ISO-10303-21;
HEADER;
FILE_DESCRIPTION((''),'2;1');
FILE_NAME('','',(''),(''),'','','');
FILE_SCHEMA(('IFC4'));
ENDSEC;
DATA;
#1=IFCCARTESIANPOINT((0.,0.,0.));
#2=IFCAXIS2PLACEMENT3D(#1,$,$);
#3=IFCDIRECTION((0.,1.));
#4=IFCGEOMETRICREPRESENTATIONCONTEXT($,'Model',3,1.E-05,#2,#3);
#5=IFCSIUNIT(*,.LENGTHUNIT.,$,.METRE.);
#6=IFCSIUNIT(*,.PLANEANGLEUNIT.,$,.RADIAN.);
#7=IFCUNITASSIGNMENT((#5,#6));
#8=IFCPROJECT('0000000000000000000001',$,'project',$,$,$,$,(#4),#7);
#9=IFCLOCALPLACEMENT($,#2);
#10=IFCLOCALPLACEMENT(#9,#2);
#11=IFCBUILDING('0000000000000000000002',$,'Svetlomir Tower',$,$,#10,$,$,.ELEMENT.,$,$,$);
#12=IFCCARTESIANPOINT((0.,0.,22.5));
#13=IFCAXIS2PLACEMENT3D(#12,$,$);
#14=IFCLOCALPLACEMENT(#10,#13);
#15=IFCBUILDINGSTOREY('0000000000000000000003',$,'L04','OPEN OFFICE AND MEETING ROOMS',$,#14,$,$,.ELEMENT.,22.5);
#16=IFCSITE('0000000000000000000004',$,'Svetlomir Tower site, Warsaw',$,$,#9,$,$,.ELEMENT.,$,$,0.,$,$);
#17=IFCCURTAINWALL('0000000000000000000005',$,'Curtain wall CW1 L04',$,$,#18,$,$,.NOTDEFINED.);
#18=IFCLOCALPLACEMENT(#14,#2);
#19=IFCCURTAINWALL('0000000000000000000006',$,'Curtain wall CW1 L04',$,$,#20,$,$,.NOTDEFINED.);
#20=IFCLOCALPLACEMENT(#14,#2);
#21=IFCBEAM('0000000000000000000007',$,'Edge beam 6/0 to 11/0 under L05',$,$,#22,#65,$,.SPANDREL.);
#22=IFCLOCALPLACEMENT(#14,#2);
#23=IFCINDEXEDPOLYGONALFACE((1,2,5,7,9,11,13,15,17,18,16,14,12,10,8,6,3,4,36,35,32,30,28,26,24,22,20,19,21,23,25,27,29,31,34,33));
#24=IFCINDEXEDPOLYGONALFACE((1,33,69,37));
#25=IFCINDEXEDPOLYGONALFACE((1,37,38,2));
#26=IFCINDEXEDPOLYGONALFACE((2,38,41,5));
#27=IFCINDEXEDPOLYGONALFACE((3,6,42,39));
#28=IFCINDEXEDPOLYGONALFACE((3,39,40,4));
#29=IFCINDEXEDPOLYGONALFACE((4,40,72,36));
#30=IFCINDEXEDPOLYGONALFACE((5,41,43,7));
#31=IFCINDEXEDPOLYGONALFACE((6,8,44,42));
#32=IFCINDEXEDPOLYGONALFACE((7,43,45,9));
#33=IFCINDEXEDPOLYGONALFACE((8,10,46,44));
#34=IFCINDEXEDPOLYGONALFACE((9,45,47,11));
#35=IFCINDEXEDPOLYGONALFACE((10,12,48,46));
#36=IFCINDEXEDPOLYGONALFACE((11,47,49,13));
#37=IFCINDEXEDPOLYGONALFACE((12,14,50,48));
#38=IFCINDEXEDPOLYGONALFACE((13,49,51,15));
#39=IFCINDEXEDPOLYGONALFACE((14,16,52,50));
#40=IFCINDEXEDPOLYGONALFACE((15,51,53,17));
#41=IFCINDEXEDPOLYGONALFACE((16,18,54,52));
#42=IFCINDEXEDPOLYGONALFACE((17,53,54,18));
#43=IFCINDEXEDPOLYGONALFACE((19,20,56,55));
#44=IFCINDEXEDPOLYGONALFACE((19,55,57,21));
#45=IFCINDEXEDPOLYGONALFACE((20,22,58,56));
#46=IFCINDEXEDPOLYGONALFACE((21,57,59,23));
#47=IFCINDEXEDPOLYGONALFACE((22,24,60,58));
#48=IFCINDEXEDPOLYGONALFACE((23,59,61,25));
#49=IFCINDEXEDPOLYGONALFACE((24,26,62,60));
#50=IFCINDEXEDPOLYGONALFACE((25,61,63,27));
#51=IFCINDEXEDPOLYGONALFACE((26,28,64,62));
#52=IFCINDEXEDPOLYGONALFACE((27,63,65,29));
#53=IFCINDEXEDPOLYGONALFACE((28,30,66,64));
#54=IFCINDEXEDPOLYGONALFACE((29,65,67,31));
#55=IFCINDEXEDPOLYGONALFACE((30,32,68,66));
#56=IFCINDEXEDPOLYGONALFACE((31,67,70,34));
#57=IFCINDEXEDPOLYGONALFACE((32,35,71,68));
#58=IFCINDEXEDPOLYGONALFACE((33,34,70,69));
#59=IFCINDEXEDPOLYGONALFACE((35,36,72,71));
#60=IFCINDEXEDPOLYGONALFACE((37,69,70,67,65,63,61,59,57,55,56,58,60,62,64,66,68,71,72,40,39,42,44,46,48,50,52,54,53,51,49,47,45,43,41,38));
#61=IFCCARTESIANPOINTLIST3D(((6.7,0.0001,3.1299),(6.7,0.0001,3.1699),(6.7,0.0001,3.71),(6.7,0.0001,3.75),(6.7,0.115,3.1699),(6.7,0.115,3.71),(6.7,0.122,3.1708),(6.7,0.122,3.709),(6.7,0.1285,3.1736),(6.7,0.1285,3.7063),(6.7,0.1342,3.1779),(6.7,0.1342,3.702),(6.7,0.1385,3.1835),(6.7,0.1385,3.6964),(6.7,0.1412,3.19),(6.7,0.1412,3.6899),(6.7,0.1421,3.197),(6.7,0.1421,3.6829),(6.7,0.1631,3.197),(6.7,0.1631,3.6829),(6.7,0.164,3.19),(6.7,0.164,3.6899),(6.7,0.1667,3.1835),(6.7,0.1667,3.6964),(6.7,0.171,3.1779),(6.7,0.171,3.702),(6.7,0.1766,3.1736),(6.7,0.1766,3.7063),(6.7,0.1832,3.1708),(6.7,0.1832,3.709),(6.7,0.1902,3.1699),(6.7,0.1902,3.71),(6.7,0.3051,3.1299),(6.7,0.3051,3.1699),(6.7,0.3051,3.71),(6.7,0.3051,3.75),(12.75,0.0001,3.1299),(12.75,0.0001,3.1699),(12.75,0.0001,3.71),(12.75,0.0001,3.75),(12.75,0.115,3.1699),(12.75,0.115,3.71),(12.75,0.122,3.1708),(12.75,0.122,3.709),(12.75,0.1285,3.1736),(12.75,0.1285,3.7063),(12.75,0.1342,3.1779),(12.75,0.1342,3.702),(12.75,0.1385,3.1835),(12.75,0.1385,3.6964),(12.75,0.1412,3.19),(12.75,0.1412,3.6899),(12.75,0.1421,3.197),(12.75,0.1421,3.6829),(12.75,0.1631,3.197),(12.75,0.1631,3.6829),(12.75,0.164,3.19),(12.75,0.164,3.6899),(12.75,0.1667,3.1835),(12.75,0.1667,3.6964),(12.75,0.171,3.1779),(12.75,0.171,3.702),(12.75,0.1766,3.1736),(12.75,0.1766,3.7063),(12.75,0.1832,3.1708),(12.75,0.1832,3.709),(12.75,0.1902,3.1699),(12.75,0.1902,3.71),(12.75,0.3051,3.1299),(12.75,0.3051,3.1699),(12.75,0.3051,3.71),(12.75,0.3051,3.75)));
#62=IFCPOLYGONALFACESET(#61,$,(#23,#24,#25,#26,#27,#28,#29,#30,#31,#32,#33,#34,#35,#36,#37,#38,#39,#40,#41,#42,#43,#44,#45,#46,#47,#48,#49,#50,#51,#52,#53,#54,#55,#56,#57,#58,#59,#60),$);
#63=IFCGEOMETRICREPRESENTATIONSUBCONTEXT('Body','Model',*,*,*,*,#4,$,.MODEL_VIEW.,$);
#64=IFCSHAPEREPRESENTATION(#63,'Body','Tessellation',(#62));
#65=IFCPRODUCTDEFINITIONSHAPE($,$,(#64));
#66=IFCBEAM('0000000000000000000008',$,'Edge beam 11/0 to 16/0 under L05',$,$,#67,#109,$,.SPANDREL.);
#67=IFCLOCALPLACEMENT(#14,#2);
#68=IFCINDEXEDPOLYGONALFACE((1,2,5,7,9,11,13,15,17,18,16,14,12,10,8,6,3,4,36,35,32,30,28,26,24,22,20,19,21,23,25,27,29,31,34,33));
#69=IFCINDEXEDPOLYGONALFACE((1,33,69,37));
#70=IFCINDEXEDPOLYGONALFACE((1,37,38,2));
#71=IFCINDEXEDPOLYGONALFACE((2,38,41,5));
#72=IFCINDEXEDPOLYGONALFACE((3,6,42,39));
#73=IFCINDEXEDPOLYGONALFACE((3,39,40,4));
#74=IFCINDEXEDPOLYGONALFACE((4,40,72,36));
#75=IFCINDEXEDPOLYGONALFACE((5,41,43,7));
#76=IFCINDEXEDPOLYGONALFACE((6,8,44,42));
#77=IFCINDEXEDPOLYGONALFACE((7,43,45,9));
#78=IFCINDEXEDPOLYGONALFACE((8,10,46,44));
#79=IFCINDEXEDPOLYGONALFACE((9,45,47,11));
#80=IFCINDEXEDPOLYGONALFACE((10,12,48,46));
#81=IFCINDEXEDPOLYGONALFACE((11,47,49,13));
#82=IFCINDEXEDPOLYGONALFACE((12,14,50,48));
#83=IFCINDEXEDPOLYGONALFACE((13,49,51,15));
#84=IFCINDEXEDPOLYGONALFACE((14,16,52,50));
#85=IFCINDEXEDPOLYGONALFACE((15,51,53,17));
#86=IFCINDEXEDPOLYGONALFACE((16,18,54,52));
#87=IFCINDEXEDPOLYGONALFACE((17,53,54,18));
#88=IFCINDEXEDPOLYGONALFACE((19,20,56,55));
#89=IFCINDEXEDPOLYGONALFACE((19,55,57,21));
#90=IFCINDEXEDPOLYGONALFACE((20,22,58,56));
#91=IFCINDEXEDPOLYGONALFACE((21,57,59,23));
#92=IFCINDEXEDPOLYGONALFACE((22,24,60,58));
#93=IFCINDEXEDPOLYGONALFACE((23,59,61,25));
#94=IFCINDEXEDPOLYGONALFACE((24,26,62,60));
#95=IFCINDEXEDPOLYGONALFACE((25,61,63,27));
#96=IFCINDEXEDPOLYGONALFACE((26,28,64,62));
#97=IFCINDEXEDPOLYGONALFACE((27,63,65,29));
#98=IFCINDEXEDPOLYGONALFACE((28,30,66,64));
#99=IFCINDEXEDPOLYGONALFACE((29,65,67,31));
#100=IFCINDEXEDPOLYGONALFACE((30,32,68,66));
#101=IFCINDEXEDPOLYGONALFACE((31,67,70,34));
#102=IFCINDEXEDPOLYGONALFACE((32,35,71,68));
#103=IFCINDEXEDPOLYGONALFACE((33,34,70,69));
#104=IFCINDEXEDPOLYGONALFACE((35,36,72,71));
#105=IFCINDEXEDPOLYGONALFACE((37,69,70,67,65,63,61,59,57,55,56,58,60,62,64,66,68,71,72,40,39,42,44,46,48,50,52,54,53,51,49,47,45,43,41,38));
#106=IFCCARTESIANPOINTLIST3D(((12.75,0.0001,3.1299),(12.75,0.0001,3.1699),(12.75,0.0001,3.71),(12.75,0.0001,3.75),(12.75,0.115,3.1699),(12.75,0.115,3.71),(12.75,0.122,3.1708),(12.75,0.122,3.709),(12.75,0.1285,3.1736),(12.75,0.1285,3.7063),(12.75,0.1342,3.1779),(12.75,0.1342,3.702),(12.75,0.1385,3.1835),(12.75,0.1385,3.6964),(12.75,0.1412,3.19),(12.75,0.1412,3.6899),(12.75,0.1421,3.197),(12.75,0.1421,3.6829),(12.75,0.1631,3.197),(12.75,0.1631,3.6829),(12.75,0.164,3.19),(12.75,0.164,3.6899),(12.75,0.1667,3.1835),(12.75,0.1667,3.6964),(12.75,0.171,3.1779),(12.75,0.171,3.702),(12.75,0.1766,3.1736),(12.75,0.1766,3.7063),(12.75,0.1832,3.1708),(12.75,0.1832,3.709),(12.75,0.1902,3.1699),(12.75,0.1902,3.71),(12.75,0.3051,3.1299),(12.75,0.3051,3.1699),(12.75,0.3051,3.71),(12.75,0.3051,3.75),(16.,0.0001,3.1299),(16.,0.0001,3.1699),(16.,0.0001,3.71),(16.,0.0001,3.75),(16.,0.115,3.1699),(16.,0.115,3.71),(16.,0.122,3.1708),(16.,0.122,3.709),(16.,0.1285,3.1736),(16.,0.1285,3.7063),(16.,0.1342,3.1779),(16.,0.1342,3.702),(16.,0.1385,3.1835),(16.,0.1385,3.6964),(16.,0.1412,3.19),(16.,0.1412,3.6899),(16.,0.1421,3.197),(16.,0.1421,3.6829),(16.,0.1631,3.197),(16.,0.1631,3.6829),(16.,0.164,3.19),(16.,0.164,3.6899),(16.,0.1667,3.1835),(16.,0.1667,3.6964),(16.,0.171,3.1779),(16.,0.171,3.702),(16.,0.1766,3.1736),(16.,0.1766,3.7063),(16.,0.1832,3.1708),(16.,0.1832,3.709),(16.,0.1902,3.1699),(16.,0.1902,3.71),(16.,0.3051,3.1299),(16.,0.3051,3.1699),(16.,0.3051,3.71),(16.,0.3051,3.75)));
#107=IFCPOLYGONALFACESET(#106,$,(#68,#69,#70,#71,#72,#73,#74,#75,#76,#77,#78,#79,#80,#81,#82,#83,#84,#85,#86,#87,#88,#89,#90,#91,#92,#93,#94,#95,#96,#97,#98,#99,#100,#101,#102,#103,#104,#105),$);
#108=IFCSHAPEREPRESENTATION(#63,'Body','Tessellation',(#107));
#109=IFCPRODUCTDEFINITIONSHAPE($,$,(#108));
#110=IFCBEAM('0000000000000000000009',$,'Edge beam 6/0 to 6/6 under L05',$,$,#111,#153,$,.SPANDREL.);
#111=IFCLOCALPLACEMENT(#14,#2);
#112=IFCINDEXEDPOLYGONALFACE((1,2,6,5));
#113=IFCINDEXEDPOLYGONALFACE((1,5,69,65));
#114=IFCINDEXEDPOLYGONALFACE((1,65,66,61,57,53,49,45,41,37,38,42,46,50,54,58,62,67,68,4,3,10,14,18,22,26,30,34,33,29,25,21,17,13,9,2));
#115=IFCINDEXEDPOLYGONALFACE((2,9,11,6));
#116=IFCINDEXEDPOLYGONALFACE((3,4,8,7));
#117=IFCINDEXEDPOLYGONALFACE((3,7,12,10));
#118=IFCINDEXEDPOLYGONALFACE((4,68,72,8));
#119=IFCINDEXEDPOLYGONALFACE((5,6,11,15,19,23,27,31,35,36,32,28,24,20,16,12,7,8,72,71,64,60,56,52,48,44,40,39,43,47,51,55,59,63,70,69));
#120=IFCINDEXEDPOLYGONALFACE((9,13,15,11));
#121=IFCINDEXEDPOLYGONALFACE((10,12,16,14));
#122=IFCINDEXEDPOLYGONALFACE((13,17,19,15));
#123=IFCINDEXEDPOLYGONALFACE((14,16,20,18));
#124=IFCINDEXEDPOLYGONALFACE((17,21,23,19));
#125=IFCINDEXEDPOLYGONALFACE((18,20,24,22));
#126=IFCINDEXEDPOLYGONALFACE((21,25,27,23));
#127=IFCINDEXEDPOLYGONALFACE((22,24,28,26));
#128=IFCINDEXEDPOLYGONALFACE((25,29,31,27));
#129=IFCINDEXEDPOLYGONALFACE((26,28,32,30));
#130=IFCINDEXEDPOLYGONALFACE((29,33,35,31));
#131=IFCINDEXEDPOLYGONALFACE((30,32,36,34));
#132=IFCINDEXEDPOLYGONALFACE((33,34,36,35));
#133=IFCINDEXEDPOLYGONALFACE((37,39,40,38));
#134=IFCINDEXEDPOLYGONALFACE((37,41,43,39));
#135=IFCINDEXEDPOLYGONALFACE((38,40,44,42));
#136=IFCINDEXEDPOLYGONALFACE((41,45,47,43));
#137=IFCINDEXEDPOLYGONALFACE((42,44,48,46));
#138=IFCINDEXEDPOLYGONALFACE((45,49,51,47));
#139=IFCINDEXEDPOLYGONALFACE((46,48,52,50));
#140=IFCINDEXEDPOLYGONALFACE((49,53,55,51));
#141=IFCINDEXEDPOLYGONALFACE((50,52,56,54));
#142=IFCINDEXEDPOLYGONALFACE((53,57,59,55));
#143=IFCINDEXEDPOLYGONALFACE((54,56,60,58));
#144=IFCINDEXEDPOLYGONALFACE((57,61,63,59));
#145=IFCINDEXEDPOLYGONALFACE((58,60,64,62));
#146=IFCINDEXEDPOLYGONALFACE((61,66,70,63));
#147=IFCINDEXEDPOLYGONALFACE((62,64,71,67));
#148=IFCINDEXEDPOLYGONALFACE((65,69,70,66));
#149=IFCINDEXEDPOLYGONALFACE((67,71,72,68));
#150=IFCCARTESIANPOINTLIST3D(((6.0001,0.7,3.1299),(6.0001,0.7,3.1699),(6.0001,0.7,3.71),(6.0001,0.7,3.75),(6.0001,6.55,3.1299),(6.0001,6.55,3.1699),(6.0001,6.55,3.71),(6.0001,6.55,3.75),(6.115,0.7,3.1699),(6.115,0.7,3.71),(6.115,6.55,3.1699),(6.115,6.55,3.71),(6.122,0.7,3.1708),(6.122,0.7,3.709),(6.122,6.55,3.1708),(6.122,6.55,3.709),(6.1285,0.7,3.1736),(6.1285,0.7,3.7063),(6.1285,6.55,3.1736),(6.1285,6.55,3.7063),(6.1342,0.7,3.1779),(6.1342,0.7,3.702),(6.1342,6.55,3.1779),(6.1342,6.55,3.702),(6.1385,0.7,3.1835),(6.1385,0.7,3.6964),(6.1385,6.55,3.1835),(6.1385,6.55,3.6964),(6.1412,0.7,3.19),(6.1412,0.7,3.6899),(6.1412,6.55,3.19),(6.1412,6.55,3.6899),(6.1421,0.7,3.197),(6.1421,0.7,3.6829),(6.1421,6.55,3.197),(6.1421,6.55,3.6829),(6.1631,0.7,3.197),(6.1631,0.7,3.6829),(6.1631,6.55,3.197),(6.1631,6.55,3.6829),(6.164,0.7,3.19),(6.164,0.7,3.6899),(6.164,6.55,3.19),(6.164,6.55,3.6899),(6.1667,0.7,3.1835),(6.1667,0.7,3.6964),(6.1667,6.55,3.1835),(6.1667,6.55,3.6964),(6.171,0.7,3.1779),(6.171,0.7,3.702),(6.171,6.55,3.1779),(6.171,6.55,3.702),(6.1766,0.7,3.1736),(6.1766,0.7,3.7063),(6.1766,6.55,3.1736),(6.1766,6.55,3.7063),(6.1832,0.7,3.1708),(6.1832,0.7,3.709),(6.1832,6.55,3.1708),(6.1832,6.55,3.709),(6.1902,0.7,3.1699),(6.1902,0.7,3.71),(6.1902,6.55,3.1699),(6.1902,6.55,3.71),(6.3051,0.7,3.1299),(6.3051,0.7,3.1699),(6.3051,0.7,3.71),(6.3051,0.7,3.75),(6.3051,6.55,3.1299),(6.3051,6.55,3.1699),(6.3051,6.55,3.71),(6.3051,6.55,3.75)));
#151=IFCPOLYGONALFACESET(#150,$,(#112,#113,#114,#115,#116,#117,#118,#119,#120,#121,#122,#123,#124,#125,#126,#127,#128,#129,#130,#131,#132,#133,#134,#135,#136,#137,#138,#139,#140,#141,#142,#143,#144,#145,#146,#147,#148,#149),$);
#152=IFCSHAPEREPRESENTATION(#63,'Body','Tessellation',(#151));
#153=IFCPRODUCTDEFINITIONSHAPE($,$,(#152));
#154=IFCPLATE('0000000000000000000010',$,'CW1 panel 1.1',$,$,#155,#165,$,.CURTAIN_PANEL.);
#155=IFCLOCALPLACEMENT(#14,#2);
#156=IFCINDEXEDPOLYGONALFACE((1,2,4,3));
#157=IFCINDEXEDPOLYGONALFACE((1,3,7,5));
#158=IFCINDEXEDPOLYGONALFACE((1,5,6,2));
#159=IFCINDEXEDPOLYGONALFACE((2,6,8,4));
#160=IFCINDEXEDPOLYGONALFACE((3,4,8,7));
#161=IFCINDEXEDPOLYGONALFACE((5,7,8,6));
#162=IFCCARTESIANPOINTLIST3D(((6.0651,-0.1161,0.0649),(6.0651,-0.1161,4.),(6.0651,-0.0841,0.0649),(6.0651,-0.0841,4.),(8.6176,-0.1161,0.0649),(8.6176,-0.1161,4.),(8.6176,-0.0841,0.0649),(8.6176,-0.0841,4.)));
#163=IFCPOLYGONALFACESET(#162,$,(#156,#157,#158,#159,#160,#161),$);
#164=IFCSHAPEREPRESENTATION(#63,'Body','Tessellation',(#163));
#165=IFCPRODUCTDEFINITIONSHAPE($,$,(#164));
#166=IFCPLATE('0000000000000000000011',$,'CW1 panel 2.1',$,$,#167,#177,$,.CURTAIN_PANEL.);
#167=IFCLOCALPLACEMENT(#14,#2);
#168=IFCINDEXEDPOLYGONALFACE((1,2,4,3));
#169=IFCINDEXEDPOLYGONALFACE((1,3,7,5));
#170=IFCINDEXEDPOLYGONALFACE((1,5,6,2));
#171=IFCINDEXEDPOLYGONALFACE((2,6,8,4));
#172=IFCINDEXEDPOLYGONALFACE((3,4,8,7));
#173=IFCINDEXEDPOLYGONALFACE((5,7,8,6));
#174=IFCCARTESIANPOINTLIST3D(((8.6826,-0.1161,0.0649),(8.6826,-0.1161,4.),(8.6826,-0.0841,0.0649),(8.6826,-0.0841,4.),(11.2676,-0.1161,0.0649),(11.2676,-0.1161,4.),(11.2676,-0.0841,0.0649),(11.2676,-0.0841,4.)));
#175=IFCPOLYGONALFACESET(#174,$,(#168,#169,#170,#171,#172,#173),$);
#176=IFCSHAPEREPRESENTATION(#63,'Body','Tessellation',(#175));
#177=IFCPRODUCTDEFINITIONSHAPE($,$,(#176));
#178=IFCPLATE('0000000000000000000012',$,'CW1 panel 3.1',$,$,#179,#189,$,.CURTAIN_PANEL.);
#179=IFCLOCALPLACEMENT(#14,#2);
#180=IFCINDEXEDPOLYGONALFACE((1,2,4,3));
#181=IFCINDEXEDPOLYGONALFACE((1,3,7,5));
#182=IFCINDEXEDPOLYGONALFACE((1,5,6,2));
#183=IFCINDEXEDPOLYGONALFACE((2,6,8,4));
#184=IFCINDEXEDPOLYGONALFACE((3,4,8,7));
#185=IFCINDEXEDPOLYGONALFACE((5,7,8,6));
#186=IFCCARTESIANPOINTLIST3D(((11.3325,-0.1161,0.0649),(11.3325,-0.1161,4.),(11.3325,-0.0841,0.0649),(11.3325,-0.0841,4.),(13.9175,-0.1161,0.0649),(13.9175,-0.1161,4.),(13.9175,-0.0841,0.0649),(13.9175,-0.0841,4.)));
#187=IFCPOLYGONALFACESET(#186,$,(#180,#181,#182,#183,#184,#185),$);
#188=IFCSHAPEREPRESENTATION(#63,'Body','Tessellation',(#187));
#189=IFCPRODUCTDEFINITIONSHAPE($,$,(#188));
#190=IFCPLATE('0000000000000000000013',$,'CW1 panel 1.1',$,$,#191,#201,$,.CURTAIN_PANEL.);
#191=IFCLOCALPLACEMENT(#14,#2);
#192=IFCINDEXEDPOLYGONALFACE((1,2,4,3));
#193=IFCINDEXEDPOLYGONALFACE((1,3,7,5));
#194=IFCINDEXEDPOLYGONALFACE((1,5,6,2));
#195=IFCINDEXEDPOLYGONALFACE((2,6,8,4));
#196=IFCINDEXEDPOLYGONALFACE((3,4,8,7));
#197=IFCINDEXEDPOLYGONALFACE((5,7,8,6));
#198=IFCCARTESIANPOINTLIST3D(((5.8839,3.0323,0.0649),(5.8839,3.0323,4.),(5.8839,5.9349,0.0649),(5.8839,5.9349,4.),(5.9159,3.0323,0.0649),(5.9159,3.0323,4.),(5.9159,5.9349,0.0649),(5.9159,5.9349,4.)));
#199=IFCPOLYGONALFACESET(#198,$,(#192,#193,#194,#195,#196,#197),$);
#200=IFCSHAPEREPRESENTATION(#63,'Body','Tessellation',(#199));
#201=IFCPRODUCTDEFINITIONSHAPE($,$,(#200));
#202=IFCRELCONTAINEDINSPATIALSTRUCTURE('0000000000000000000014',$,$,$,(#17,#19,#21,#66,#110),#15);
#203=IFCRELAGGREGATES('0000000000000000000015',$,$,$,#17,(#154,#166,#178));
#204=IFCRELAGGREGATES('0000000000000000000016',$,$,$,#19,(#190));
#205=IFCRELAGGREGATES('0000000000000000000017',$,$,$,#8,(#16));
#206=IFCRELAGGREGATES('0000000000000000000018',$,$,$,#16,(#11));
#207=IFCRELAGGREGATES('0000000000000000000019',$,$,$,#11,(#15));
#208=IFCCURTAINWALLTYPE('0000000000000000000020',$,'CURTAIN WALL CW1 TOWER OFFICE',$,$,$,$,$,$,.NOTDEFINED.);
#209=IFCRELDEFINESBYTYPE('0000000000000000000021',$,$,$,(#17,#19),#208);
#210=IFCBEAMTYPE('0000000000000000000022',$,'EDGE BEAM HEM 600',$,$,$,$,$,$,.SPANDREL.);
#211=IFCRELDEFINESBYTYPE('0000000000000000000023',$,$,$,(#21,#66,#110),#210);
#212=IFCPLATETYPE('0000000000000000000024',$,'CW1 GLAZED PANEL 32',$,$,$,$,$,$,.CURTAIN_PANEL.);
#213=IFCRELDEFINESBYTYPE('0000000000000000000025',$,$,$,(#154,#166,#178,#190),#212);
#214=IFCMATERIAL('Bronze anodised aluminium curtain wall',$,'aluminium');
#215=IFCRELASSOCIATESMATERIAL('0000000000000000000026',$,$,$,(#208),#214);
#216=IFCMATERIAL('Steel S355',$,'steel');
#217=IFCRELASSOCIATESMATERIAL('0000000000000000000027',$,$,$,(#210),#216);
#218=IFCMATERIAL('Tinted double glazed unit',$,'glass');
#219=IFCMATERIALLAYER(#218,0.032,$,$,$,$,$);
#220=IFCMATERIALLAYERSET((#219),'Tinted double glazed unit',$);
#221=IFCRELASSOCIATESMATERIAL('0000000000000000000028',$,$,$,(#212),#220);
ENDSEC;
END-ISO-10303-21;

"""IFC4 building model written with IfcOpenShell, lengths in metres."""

from ifc_helpers import new_model, si_unit, direction, frame, origin, origin_2d, place, context, subcontext, project, spatial, rectangle, i_section, extrude, material, layer, layer_set, material_profile, profile_set, type_object, element, aggregate, save


model = new_model("IFC4")

# Units and contexts
model_context = context("Model", 3, precision=1e-05, world=origin(), true_north=direction((0.0, 1.0)))
body_context = subcontext(model_context, "Body", "Model", "MODEL_VIEW")
ifc_project = project(units=[si_unit("LENGTHUNIT", "METRE"), si_unit("PLANEANGLEUNIT", "RADIAN")], contexts=[model_context])

# Site, building, storey
site_placement = place(None, origin())
site = spatial("IfcSite", under=ifc_project, at=site_placement, Name="Svetlomir Tower site, Warsaw", CompositionType="ELEMENT", RefElevation=0.0)
building_placement = place(site_placement, origin())
building = spatial("IfcBuilding", under=site, at=building_placement, Name="Svetlomir Tower", CompositionType="ELEMENT")
storey_placement = place(building_placement, frame((0.0, 0.0, 22.5)))
storey = spatial("IfcBuildingStorey", under=building, at=storey_placement, Name="L04", Description="OPEN OFFICE AND MEETING ROOMS", CompositionType="ELEMENT", Elevation=22.5)

# Curtain wall
ifc_material_1 = material(Name="Bronze anodised aluminium curtain wall", Category="aluminium")
curtain_wall_type = type_object("IfcCurtainWallType", Name="CURTAIN WALL CW1 TOWER OFFICE", PredefinedType="NOTDEFINED", material=ifc_material_1)
curtain_wall_1_placement = place(storey_placement, origin())
curtain_wall_1 = element("IfcCurtainWall", 1, at=curtain_wall_1_placement, inside=storey, type_object=curtain_wall_type, Name="Curtain wall CW1 L04", PredefinedType="NOTDEFINED")

# Curtain wall
curtain_wall_2_placement = place(storey_placement, origin())
curtain_wall_2 = element("IfcCurtainWall", 2, at=curtain_wall_2_placement, inside=storey, type_object=curtain_wall_type, Name="Curtain wall CW1 L04", PredefinedType="NOTDEFINED")

# Beams
ifc_material_2 = material(Name="Steel S355", Category="steel")
ifc_material_profile_1 = material_profile(ifc_material_2, i_section(OverallWidth=0.3049, OverallDepth=0.6201, WebThickness=0.021, FlangeThickness=0.04, FilletRadius=0.0271, at=origin_2d()), Name="HEM 600")
ifc_profile_set_1 = profile_set([ifc_material_profile_1], Name="Steel S355")
beam_type = type_object("IfcBeamType", Name="EDGE BEAM HEM 600", PredefinedType="SPANDREL", material=ifc_profile_set_1)
beam_1_placement = place(storey_placement, frame((6.7, 0.1526, 3.4399), z_axis=(1.0, 0.0, 0.0), x_axis=(0.0, 1.0, 0.0)))
element("IfcBeam", 3, at=beam_1_placement, inside=storey, type_object=beam_type, Name="Edge beam 6/0 to 11/0 under L05", PredefinedType="SPANDREL", context=body_context, shape_type="SweptSolid", body=[
    extrude(i_section(OverallWidth=0.3049, OverallDepth=0.6201, WebThickness=0.021, FlangeThickness=0.04, FilletRadius=0.0271, at=origin_2d()), origin(), (0.0, 0.0, 1.0), 6.05),
])
beam_2_placement = place(storey_placement, frame((12.75, 0.1526, 3.4399), z_axis=(1.0, 0.0, 0.0), x_axis=(0.0, 1.0, 0.0)))
element("IfcBeam", 4, at=beam_2_placement, inside=storey, type_object=beam_type, Name="Edge beam 11/0 to 16/0 under L05", PredefinedType="SPANDREL", context=body_context, shape_type="SweptSolid", body=[
    extrude(i_section(OverallWidth=0.3049, OverallDepth=0.6201, WebThickness=0.021, FlangeThickness=0.04, FilletRadius=0.0271, at=origin_2d()), origin(), (0.0, 0.0, 1.0), 3.25),
])
beam_3_placement = place(storey_placement, frame((6.1526, 0.7, 3.4399), z_axis=(0.0, 1.0, 0.0), x_axis=(-1.0, 0.0, 0.0)))
element("IfcBeam", 5, at=beam_3_placement, inside=storey, type_object=beam_type, Name="Edge beam 6/0 to 6/6 under L05", PredefinedType="SPANDREL", context=body_context, shape_type="SweptSolid", body=[
    extrude(i_section(OverallWidth=0.3049, OverallDepth=0.6201, WebThickness=0.021, FlangeThickness=0.04, FilletRadius=0.0271, at=origin_2d()), origin(), (0.0, 0.0, 1.0), 5.8501),
])

# Plates
ifc_material_3 = material(Name="Tinted double glazed unit", Category="glass")
ifc_layer_1 = layer(ifc_material_3, 0.032)
ifc_layer_set_1 = layer_set([ifc_layer_1], Name="Tinted double glazed unit")
plate_type = type_object("IfcPlateType", Name="CW1 GLAZED PANEL 32", PredefinedType="CURTAIN_PANEL", material=ifc_layer_set_1)
plate_1_placement = place(storey_placement, frame((7.3413, -0.1001, 0.0649), z_axis=(0.0, 0.0, 1.0), x_axis=(1.0, 0.0, 0.0)))
plate_1 = element("IfcPlate", 6, at=plate_1_placement, type_object=plate_type, Name="CW1 panel 1.1", PredefinedType="CURTAIN_PANEL", context=body_context, shape_type="SweptSolid", body=[
    extrude(rectangle(XDim=2.5525, YDim=0.032, at=origin_2d()), origin(), (0.0, 0.0, 1.0), 3.9351),
])
plate_2_placement = place(storey_placement, frame((9.9751, -0.1001, 0.0649), z_axis=(0.0, 0.0, 1.0), x_axis=(1.0, 0.0, 0.0)))
plate_2 = element("IfcPlate", 7, at=plate_2_placement, type_object=plate_type, Name="CW1 panel 2.1", PredefinedType="CURTAIN_PANEL", context=body_context, shape_type="SweptSolid", body=[
    extrude(rectangle(XDim=2.585, YDim=0.032, at=origin_2d()), origin(), (0.0, 0.0, 1.0), 3.9351),
])
plate_3_placement = place(storey_placement, frame((12.625, -0.1001, 0.0649), z_axis=(0.0, 0.0, 1.0), x_axis=(1.0, 0.0, 0.0)))
plate_3 = element("IfcPlate", 8, at=plate_3_placement, type_object=plate_type, Name="CW1 panel 3.1", PredefinedType="CURTAIN_PANEL", context=body_context, shape_type="SweptSolid", body=[
    extrude(rectangle(XDim=2.585, YDim=0.032, at=origin_2d()), origin(), (0.0, 0.0, 1.0), 3.9351),
])
aggregate(curtain_wall_1, [plate_1, plate_2, plate_3])
plate_4_placement = place(storey_placement, frame((5.8999, 4.4836, 0.0649), z_axis=(0.0, 0.0, 1.0), x_axis=(0.0, -1.0, 0.0)))
plate_4 = element("IfcPlate", 9, at=plate_4_placement, type_object=plate_type, Name="CW1 panel 1.1", PredefinedType="CURTAIN_PANEL", context=body_context, shape_type="SweptSolid", body=[
    extrude(rectangle(XDim=2.9026, YDim=0.032, at=origin_2d()), origin(), (0.0, 0.0, 1.0), 3.9351),
])
aggregate(curtain_wall_2, [plate_4])

save(model, "model.ifc")
